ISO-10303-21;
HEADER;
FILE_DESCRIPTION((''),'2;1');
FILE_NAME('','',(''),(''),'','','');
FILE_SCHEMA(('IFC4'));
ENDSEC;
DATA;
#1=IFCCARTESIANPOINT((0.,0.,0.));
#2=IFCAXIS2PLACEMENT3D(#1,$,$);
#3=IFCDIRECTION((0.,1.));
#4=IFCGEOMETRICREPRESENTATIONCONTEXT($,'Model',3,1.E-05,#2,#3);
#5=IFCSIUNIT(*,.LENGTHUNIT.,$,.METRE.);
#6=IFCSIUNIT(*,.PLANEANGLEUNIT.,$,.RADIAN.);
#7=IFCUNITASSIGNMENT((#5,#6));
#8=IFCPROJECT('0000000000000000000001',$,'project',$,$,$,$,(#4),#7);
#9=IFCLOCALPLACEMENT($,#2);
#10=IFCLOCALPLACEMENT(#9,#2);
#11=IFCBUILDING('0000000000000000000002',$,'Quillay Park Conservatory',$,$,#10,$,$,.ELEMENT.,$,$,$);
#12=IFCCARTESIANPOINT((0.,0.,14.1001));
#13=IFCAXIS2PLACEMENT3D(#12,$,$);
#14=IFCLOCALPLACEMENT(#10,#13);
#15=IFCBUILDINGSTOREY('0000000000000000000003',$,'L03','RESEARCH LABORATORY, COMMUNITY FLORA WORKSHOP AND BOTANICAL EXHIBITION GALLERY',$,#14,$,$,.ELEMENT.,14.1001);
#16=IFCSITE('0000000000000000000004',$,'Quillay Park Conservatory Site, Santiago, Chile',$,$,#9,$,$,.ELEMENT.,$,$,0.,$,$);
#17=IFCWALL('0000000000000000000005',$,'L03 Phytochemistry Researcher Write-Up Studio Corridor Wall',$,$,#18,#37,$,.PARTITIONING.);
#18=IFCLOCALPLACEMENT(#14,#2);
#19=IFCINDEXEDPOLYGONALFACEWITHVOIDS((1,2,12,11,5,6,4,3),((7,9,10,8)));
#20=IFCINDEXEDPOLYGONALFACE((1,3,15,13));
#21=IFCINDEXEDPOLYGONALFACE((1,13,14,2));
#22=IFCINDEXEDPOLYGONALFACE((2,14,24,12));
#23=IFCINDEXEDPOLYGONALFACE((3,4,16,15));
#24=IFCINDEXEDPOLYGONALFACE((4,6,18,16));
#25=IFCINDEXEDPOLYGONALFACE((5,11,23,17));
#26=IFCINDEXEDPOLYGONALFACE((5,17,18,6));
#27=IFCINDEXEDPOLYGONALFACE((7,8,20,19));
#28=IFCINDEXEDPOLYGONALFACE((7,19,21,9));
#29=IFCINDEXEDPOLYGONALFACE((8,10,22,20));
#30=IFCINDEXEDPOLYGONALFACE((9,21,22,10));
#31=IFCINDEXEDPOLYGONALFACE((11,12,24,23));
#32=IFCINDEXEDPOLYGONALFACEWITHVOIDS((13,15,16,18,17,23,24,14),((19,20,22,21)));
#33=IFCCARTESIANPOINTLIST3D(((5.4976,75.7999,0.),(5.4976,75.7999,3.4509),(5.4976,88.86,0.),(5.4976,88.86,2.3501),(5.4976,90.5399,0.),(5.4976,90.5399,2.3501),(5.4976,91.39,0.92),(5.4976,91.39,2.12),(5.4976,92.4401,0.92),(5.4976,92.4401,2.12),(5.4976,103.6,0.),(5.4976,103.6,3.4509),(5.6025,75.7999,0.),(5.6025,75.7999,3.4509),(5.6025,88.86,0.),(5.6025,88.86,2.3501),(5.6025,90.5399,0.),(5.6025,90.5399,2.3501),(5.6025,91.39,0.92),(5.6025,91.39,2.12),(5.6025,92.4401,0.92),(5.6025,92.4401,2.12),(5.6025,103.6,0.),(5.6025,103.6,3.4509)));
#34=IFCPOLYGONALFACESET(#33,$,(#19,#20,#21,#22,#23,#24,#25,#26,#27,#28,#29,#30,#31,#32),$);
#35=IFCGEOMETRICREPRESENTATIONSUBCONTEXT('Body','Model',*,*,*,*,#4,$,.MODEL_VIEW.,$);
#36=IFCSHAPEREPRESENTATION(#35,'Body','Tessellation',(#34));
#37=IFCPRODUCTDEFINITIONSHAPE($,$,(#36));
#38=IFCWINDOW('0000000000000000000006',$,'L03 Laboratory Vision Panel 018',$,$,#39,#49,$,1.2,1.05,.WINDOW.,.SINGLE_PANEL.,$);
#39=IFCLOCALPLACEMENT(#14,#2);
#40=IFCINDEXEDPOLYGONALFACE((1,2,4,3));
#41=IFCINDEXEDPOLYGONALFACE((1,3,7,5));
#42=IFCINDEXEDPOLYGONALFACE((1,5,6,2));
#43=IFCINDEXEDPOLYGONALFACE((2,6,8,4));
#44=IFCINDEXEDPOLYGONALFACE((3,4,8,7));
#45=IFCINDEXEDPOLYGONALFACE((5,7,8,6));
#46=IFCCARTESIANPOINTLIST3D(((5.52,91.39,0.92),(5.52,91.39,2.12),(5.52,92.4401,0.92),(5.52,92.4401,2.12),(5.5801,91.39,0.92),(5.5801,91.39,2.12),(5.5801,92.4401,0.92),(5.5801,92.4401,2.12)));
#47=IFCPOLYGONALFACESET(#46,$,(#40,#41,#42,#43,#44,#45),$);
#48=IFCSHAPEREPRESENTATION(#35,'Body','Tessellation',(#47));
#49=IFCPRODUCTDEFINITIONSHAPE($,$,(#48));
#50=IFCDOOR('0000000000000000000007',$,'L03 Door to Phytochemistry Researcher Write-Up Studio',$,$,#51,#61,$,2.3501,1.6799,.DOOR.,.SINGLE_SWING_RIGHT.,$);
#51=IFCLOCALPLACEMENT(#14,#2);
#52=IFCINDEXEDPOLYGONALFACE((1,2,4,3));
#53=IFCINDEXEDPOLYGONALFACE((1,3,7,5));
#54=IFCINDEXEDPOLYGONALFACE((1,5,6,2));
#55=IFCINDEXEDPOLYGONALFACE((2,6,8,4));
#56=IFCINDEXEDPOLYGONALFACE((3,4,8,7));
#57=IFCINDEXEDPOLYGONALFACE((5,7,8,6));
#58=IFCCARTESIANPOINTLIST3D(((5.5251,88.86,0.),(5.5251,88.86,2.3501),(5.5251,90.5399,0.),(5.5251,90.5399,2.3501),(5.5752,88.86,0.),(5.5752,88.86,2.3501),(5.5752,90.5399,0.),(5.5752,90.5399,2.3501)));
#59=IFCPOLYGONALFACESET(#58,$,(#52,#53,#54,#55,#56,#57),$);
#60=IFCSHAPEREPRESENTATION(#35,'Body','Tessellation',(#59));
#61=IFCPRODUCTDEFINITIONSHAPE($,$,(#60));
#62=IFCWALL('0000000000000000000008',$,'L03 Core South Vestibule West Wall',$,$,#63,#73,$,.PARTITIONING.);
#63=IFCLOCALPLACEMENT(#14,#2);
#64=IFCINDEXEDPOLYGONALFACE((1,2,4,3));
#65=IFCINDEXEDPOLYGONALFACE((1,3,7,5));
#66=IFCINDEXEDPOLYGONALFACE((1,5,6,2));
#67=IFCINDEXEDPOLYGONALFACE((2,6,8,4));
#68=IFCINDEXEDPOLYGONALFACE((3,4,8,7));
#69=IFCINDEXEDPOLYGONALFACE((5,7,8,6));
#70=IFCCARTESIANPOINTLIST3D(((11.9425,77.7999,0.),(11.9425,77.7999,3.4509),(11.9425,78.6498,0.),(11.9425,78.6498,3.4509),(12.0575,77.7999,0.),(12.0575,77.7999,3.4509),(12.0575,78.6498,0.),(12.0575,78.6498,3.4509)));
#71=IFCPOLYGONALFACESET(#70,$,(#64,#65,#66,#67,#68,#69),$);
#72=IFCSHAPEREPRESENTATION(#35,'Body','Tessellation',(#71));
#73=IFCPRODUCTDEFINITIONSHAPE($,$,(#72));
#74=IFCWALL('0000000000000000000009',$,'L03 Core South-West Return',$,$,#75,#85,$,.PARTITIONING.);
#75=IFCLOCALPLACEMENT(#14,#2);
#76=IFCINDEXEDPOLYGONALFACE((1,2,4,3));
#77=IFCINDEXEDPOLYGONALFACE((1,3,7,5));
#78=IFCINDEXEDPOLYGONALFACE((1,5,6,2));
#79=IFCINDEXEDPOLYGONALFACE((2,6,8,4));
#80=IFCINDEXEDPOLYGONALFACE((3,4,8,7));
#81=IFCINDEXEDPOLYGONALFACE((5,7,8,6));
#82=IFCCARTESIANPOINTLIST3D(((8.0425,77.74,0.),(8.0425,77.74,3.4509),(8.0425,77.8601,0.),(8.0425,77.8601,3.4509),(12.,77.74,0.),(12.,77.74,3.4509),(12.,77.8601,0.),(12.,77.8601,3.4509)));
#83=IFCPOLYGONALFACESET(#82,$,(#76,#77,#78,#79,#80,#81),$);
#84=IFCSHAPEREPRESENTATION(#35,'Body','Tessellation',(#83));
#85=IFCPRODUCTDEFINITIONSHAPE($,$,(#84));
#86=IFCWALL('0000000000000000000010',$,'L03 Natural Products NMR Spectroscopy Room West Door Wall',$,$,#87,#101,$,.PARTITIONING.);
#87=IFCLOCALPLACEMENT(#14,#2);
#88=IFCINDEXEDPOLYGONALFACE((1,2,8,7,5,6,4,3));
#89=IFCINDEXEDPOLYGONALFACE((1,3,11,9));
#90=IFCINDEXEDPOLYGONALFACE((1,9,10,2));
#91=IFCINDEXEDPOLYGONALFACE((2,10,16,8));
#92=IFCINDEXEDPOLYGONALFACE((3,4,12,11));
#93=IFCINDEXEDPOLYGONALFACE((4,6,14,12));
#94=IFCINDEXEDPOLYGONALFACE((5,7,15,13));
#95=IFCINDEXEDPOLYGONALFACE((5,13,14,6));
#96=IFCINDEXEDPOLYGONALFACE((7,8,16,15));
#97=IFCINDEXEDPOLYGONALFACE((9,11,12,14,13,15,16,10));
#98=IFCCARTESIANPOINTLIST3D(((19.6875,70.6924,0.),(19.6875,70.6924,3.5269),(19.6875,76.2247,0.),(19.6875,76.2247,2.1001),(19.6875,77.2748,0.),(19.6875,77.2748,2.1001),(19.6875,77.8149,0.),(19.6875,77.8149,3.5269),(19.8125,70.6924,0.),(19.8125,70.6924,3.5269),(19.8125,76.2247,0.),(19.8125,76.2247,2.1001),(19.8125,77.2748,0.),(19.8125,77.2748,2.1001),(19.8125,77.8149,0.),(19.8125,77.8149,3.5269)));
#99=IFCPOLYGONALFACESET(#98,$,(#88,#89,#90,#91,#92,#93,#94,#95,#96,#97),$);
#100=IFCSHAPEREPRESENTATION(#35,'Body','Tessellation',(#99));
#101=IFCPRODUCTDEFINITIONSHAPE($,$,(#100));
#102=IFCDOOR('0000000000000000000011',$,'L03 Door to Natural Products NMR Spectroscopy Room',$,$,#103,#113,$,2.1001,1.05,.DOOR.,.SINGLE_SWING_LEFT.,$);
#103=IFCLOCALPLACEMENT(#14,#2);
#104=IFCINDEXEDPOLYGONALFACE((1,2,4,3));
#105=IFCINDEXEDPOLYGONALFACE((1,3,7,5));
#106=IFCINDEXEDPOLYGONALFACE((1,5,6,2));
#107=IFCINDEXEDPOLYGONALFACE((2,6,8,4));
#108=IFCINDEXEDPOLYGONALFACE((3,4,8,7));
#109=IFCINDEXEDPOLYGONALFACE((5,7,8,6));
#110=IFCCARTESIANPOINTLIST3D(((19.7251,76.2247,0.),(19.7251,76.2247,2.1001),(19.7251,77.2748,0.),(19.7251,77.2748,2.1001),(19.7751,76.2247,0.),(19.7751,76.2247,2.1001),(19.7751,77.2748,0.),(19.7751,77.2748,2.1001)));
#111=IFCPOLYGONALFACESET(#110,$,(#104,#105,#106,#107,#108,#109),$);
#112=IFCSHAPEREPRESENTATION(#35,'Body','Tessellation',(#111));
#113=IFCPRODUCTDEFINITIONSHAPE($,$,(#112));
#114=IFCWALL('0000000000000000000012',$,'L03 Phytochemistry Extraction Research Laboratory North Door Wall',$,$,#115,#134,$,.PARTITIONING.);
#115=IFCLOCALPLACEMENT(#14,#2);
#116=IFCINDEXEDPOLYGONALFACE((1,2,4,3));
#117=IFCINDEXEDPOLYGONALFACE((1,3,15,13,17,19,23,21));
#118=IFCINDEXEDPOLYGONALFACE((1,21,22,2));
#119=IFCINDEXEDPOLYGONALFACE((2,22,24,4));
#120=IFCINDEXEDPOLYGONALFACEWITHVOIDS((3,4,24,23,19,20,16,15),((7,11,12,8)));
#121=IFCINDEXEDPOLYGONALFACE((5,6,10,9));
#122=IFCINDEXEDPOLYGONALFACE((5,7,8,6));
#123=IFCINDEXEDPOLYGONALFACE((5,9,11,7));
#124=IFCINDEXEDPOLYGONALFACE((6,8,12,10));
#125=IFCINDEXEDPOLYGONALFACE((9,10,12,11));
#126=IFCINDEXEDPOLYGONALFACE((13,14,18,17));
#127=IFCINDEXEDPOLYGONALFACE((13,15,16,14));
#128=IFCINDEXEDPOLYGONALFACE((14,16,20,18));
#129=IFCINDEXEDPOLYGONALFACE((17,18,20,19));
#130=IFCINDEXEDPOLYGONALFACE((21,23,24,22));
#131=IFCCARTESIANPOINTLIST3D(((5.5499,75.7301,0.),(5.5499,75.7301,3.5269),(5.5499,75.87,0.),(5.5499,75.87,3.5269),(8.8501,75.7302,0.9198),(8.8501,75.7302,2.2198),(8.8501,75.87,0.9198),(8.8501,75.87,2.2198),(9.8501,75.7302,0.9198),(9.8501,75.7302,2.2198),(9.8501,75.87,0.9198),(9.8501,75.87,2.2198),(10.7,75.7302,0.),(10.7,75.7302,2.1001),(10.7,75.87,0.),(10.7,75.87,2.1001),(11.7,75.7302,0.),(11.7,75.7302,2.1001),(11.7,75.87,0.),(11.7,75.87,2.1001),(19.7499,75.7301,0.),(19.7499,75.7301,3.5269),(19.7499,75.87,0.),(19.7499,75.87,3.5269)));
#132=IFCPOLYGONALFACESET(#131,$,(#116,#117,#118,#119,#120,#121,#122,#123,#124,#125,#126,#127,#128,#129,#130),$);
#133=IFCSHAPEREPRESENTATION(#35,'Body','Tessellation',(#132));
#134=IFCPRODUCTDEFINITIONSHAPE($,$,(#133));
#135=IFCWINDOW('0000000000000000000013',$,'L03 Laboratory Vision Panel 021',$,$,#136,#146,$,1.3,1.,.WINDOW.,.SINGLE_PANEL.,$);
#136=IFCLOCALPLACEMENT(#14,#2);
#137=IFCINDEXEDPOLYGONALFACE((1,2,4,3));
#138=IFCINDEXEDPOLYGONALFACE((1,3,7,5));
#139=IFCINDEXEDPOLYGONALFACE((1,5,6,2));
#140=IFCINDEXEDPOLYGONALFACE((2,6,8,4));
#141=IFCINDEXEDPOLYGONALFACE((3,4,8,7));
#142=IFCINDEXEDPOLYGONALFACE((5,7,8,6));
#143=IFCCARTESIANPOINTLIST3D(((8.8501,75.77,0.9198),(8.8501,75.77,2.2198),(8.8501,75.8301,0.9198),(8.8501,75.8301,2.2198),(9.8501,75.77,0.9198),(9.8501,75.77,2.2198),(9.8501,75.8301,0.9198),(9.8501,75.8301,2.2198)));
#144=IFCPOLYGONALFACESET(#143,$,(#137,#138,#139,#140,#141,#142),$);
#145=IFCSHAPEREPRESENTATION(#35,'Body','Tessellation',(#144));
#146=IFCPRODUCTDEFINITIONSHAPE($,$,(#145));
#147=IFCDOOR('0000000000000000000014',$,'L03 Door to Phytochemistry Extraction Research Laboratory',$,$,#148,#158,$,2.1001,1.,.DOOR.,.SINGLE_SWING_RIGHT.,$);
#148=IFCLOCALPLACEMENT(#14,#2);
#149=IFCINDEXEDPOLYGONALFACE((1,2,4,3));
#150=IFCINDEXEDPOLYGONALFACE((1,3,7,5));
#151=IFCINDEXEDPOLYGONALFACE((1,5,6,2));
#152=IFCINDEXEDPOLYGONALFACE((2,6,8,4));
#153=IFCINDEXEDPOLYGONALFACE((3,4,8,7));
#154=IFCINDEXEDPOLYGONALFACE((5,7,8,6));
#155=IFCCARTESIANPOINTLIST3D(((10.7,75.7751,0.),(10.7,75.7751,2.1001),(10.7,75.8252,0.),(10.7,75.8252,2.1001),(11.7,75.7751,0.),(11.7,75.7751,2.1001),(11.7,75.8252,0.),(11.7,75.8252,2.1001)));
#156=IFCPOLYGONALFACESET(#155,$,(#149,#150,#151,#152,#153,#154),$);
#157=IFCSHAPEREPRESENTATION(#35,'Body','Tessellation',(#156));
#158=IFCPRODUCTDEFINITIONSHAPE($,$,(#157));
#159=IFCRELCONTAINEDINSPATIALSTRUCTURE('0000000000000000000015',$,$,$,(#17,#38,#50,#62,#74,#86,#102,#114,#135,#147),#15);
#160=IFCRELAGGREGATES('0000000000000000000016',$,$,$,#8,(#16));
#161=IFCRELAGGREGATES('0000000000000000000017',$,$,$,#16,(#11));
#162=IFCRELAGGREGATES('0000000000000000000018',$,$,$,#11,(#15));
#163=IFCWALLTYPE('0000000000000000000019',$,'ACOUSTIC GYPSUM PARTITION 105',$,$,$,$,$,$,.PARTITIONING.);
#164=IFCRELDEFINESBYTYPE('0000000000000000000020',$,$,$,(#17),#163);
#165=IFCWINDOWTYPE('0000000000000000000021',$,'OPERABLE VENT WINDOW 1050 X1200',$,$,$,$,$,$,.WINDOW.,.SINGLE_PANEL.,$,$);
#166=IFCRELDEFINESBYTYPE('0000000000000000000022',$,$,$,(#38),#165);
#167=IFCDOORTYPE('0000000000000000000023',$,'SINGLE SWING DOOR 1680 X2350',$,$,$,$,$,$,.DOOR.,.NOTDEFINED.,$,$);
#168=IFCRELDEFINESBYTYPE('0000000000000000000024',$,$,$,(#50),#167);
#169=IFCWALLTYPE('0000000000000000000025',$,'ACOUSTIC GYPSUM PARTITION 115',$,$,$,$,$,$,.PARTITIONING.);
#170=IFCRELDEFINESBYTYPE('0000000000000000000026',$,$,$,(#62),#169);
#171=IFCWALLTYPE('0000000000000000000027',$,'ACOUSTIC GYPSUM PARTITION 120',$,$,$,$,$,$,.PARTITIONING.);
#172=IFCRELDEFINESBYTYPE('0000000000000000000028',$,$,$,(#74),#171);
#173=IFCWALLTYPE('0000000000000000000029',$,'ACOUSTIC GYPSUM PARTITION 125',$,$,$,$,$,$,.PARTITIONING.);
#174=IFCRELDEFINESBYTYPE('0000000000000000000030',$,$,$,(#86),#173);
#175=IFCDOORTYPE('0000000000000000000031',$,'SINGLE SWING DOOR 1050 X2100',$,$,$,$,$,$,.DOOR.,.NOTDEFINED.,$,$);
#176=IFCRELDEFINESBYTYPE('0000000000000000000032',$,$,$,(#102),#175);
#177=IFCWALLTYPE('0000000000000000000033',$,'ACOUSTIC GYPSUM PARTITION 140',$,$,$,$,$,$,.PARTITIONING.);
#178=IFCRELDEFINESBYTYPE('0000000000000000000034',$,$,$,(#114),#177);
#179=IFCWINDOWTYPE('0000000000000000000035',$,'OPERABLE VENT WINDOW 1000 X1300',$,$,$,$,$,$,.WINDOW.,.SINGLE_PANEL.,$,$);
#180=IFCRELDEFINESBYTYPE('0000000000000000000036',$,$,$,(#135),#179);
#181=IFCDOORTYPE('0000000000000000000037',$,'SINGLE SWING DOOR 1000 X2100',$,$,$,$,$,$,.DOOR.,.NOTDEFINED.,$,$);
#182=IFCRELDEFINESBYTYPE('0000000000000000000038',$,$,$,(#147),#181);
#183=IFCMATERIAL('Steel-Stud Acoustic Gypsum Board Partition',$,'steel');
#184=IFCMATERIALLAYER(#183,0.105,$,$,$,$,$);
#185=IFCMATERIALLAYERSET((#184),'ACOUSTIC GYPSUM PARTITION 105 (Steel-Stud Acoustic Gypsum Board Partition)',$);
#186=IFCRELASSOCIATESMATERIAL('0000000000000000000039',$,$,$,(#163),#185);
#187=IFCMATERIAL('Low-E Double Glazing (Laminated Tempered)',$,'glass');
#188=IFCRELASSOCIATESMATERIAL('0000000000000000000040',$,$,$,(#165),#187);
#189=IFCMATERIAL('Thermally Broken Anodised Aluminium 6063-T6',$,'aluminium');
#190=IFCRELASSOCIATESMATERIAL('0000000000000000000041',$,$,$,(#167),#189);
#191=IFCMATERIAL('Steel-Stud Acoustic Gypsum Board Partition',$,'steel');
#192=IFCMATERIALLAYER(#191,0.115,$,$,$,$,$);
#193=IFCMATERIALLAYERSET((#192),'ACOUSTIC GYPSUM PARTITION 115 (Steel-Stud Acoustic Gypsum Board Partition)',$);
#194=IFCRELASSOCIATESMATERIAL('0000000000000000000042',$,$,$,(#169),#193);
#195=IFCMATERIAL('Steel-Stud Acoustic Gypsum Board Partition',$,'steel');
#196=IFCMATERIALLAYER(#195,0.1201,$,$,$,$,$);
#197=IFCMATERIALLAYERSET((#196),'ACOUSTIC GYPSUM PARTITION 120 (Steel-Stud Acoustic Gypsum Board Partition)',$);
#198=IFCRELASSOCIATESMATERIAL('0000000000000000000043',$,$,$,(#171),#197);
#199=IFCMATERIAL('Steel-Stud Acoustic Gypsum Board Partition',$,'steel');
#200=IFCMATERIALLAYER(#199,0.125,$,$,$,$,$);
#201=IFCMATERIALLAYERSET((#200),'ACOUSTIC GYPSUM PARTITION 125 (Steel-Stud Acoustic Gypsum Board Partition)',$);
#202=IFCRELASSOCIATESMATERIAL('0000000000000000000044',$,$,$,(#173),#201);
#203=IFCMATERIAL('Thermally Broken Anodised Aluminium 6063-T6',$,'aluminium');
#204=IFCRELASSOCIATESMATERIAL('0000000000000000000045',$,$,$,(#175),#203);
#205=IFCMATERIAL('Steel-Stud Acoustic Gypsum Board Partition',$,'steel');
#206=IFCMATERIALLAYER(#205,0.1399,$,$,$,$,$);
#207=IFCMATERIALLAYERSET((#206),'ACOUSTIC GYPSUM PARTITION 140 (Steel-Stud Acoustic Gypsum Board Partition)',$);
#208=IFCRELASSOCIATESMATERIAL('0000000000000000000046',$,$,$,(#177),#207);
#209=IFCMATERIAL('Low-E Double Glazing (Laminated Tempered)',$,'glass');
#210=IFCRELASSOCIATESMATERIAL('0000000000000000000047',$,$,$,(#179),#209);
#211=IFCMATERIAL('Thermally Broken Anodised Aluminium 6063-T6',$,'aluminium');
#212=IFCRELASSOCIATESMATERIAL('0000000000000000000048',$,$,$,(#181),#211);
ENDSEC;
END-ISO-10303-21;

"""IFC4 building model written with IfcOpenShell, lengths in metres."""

from ifc_helpers import new_model, si_unit, direction, frame, frame_2d, origin, place, context, subcontext, project, spatial, rectangle, extrude, material, layer, layer_set, type_object, element, fill, save


model = new_model("IFC4")

# Units and contexts
model_context = context("Model", 3, precision=1e-05, world=origin(), true_north=direction((0.0, 1.0)))
body_context = subcontext(model_context, "Body", "Model", "MODEL_VIEW")
ifc_project = project(units=[si_unit("LENGTHUNIT", "METRE"), si_unit("PLANEANGLEUNIT", "RADIAN")], contexts=[model_context])

# Site, building, storey
site_placement = place(None, origin())
site = spatial("IfcSite", under=ifc_project, at=site_placement, Name="Quillay Park Conservatory Site, Santiago, Chile", CompositionType="ELEMENT", RefElevation=0.0)
building_placement = place(site_placement, origin())
building = spatial("IfcBuilding", under=site, at=building_placement, Name="Quillay Park Conservatory", CompositionType="ELEMENT")
storey_placement = place(building_placement, frame((0.0, 0.0, 14.1001)))
storey = spatial("IfcBuildingStorey", under=building, at=storey_placement, Name="L03", Description="RESEARCH LABORATORY, COMMUNITY FLORA WORKSHOP AND BOTANICAL EXHIBITION GALLERY", CompositionType="ELEMENT", Elevation=14.1001)

# Wall, openings, window, door
ifc_material_1 = material(Name="Steel-Stud Acoustic Gypsum Board Partition", Category="steel")
ifc_layer_1 = layer(ifc_material_1, 0.105)
ifc_layer_set_1 = layer_set([ifc_layer_1], Name="ACOUSTIC GYPSUM PARTITION 105 (Steel-Stud Acoustic Gypsum Board Partition)")
wall_type_1 = type_object("IfcWallType", Name="ACOUSTIC GYPSUM PARTITION 105", PredefinedType="PARTITIONING", material=ifc_layer_set_1)
wall_1_placement = place(storey_placement, frame((5.55, 75.8, 0.0), z_axis=(0.0, 0.0, 1.0), x_axis=(0.0, 1.0, 0.0)))
wall_1 = element("IfcWall", 1, at=wall_1_placement, inside=storey, type_object=wall_type_1, Name="L03 Phytochemistry Researcher Write-Up Studio Corridor Wall", PredefinedType="PARTITIONING", context=body_context, shape_type="SweptSolid", body=[
    extrude(rectangle(XDim=27.8, YDim=0.105, at=frame_2d((13.8999, 0.0))), origin(), (0.0, 0.0, 1.0), 3.4509),
])
opening_1_placement = place(wall_1_placement, frame((13.0601, 0.0, 0.0)))
opening_1 = element("IfcOpeningElement", 2, at=opening_1_placement, cuts=wall_1, PredefinedType="OPENING", context=body_context, shape_type="SweptSolid", body=[
    extrude(rectangle(XDim=1.6799, YDim=2.3501, at=frame_2d((0.8398, 1.175))), frame((0.0, 0.0525, 0.0), z_axis=(0.0, -1.0, 0.0), x_axis=(1.0, 0.0, 0.0)), (0.0, 0.0, 1.0), 0.105),
])
opening_2_placement = place(wall_1_placement, frame((15.5901, 0.0, 0.9199)))
opening_2 = element("IfcOpeningElement", 3, at=opening_2_placement, cuts=wall_1, PredefinedType="OPENING", context=body_context, shape_type="SweptSolid", body=[
    extrude(rectangle(XDim=1.05, YDim=1.2, at=frame_2d((0.5249, 0.6001))), frame((0.0, 0.0525, 0.0), z_axis=(0.0, -1.0, 0.0), x_axis=(1.0, 0.0, 0.0)), (0.0, 0.0, 1.0), 0.105),
])
ifc_material_2 = material(Name="Low-E Double Glazing (Laminated Tempered)", Category="glass")
window_type_1 = type_object("IfcWindowType", Name="OPERABLE VENT WINDOW 1050 X1200", PartitioningType="SINGLE_PANEL", PredefinedType="WINDOW", material=ifc_material_2)
window_1_placement = place(opening_2_placement, origin())
window_1 = element("IfcWindow", 4, at=window_1_placement, inside=storey, type_object=window_type_1, Name="L03 Laboratory Vision Panel 018", OverallHeight=1.2, OverallWidth=1.05, PartitioningType="SINGLE_PANEL", PredefinedType="WINDOW", context=body_context, shape_type="SweptSolid", body=[
    extrude(rectangle(XDim=1.05, YDim=1.2, at=frame_2d((0.5249, 0.6001))), frame((0.0, 0.03, 0.0), z_axis=(0.0, -1.0, 0.0), x_axis=(1.0, 0.0, 0.0)), (0.0, 0.0, 1.0), 0.0601),
])
fill(opening_2, window_1)
ifc_material_3 = material(Name="Thermally Broken Anodised Aluminium 6063-T6", Category="aluminium")
door_type_1 = type_object("IfcDoorType", Name="SINGLE SWING DOOR 1680 X2350", OperationType="NOTDEFINED", PredefinedType="DOOR", material=ifc_material_3)
door_1_placement = place(opening_1_placement, origin())
door_1 = element("IfcDoor", 5, at=door_1_placement, inside=storey, type_object=door_type_1, Name="L03 Door to Phytochemistry Researcher Write-Up Studio", OperationType="SINGLE_SWING_RIGHT", OverallHeight=2.3501, OverallWidth=1.6799, PredefinedType="DOOR", context=body_context, shape_type="SweptSolid", body=[
    extrude(rectangle(XDim=1.6799, YDim=2.3501, at=frame_2d((0.8398, 1.175))), frame((0.0, 0.0249, 0.0), z_axis=(0.0, -1.0, 0.0), x_axis=(1.0, 0.0, 0.0)), (0.0, 0.0, 1.0), 0.05),
])
fill(opening_1, door_1)

# Walls
ifc_material_4 = material(Name="Steel-Stud Acoustic Gypsum Board Partition", Category="steel")
ifc_layer_2 = layer(ifc_material_4, 0.115)
ifc_layer_set_2 = layer_set([ifc_layer_2], Name="ACOUSTIC GYPSUM PARTITION 115 (Steel-Stud Acoustic Gypsum Board Partition)")
wall_type_2 = type_object("IfcWallType", Name="ACOUSTIC GYPSUM PARTITION 115", PredefinedType="PARTITIONING", material=ifc_layer_set_2)
wall_2_placement = place(storey_placement, frame((12.0, 77.8, 0.0), z_axis=(0.0, 0.0, 1.0), x_axis=(0.0, 1.0, 0.0)))
element("IfcWall", 6, at=wall_2_placement, inside=storey, type_object=wall_type_2, Name="L03 Core South Vestibule West Wall", PredefinedType="PARTITIONING", context=body_context, shape_type="SweptSolid", body=[
    extrude(rectangle(XDim=0.8499, YDim=0.115, at=frame_2d((0.4248, 0.0))), origin(), (0.0, 0.0, 1.0), 3.4509),
])
ifc_material_5 = material(Name="Steel-Stud Acoustic Gypsum Board Partition", Category="steel")
ifc_layer_3 = layer(ifc_material_5, 0.1201)
ifc_layer_set_3 = layer_set([ifc_layer_3], Name="ACOUSTIC GYPSUM PARTITION 120 (Steel-Stud Acoustic Gypsum Board Partition)")
wall_type_3 = type_object("IfcWallType", Name="ACOUSTIC GYPSUM PARTITION 120", PredefinedType="PARTITIONING", material=ifc_layer_set_3)
wall_3_placement = place(storey_placement, frame((8.0425, 77.8, 0.0), z_axis=(0.0, 0.0, 1.0), x_axis=(1.0, 0.0, 0.0)))
element("IfcWall", 7, at=wall_3_placement, inside=storey, type_object=wall_type_3, Name="L03 Core South-West Return", PredefinedType="PARTITIONING", context=body_context, shape_type="SweptSolid", body=[
    extrude(rectangle(XDim=3.9575, YDim=0.1201, at=frame_2d((1.9788, 0.0))), origin(), (0.0, 0.0, 1.0), 3.4509),
])

# Wall, opening, door
ifc_material_6 = material(Name="Steel-Stud Acoustic Gypsum Board Partition", Category="steel")
ifc_layer_4 = layer(ifc_material_6, 0.125)
ifc_layer_set_4 = layer_set([ifc_layer_4], Name="ACOUSTIC GYPSUM PARTITION 125 (Steel-Stud Acoustic Gypsum Board Partition)")
wall_type_4 = type_object("IfcWallType", Name="ACOUSTIC GYPSUM PARTITION 125", PredefinedType="PARTITIONING", material=ifc_layer_set_4)
wall_4_placement = place(storey_placement, frame((19.75, 70.6924, 0.0), z_axis=(0.0, 0.0, 1.0), x_axis=(0.0, 1.0, 0.0)))
wall_4 = element("IfcWall", 8, at=wall_4_placement, inside=storey, type_object=wall_type_4, Name="L03 Natural Products NMR Spectroscopy Room West Door Wall", PredefinedType="PARTITIONING", context=body_context, shape_type="SweptSolid", body=[
    extrude(rectangle(XDim=7.1226, YDim=0.125, at=frame_2d((3.5613, 0.0))), origin(), (0.0, 0.0, 1.0), 3.5269),
])
opening_3_placement = place(wall_4_placement, frame((5.5325, 0.0, 0.0)))
opening_3 = element("IfcOpeningElement", 9, at=opening_3_placement, cuts=wall_4, PredefinedType="OPENING", context=body_context, shape_type="SweptSolid", body=[
    extrude(rectangle(XDim=1.05, YDim=2.1001, at=frame_2d((0.5249, 1.05))), frame((0.0, 0.0625, 0.0), z_axis=(0.0, -1.0, 0.0), x_axis=(1.0, 0.0, 0.0)), (0.0, 0.0, 1.0), 0.125),
])
ifc_material_7 = material(Name="Thermally Broken Anodised Aluminium 6063-T6", Category="aluminium")
door_type_2 = type_object("IfcDoorType", Name="SINGLE SWING DOOR 1050 X2100", OperationType="NOTDEFINED", PredefinedType="DOOR", material=ifc_material_7)
door_2_placement = place(opening_3_placement, origin())
door_2 = element("IfcDoor", 10, at=door_2_placement, inside=storey, type_object=door_type_2, Name="L03 Door to Natural Products NMR Spectroscopy Room", OperationType="SINGLE_SWING_LEFT", OverallHeight=2.1001, OverallWidth=1.05, PredefinedType="DOOR", context=body_context, shape_type="SweptSolid", body=[
    extrude(rectangle(XDim=1.05, YDim=2.1001, at=frame_2d((0.5249, 1.05))), frame((0.0, 0.0249, 0.0), z_axis=(0.0, -1.0, 0.0), x_axis=(1.0, 0.0, 0.0)), (0.0, 0.0, 1.0), 0.05),
])
fill(opening_3, door_2)

# Wall, openings, window, door
ifc_material_8 = material(Name="Steel-Stud Acoustic Gypsum Board Partition", Category="steel")
ifc_layer_5 = layer(ifc_material_8, 0.1399)
ifc_layer_set_5 = layer_set([ifc_layer_5], Name="ACOUSTIC GYPSUM PARTITION 140 (Steel-Stud Acoustic Gypsum Board Partition)")
wall_type_5 = type_object("IfcWallType", Name="ACOUSTIC GYPSUM PARTITION 140", PredefinedType="PARTITIONING", material=ifc_layer_set_5)
wall_5_placement = place(storey_placement, frame((19.75, 75.8, 0.0), z_axis=(0.0, 0.0, 1.0), x_axis=(-1.0, 0.0, 0.0)))
wall_5 = element("IfcWall", 11, at=wall_5_placement, inside=storey, type_object=wall_type_5, Name="L03 Phytochemistry Extraction Research Laboratory North Door Wall", PredefinedType="PARTITIONING", context=body_context, shape_type="SweptSolid", body=[
    extrude(rectangle(XDim=14.2, YDim=0.1399, at=frame_2d((7.1001, 0.0))), origin(), (0.0, 0.0, 1.0), 3.5269),
])
opening_4_placement = place(wall_5_placement, frame((8.05, 0.0, 0.0)))
opening_4 = element("IfcOpeningElement", 12, at=opening_4_placement, cuts=wall_5, PredefinedType="OPENING", context=body_context, shape_type="SweptSolid", body=[
    extrude(rectangle(XDim=1.0, YDim=2.1001, at=frame_2d((0.5, 1.05))), frame((0.0, 0.0698, 0.0), z_axis=(0.0, -1.0, 0.0), x_axis=(1.0, 0.0, 0.0)), (0.0, 0.0, 1.0), 0.1399),
])
opening_5_placement = place(wall_5_placement, frame((9.8999, 0.0, 0.9199)))
opening_5 = element("IfcOpeningElement", 13, at=opening_5_placement, cuts=wall_5, PredefinedType="OPENING", context=body_context, shape_type="SweptSolid", body=[
    extrude(rectangle(XDim=1.0, YDim=1.3, at=frame_2d((0.5, 0.6499))), frame((0.0, 0.0698, 0.0), z_axis=(0.0, -1.0, 0.0), x_axis=(1.0, 0.0, 0.0)), (0.0, 0.0, 1.0), 0.1399),
])
ifc_material_9 = material(Name="Low-E Double Glazing (Laminated Tempered)", Category="glass")
window_type_2 = type_object("IfcWindowType", Name="OPERABLE VENT WINDOW 1000 X1300", PartitioningType="SINGLE_PANEL", PredefinedType="WINDOW", material=ifc_material_9)
window_2_placement = place(opening_5_placement, origin())
window_2 = element("IfcWindow", 14, at=window_2_placement, inside=storey, type_object=window_type_2, Name="L03 Laboratory Vision Panel 021", OverallHeight=1.3, OverallWidth=1.0, PartitioningType="SINGLE_PANEL", PredefinedType="WINDOW", context=body_context, shape_type="SweptSolid", body=[
    extrude(rectangle(XDim=1.0, YDim=1.3, at=frame_2d((0.5, 0.6499))), frame((0.0, 0.03, 0.0), z_axis=(0.0, -1.0, 0.0), x_axis=(1.0, 0.0, 0.0)), (0.0, 0.0, 1.0), 0.0601),
])
fill(opening_5, window_2)
ifc_material_10 = material(Name="Thermally Broken Anodised Aluminium 6063-T6", Category="aluminium")
door_type_3 = type_object("IfcDoorType", Name="SINGLE SWING DOOR 1000 X2100", OperationType="NOTDEFINED", PredefinedType="DOOR", material=ifc_material_10)
door_3_placement = place(opening_4_placement, origin())
door_3 = element("IfcDoor", 15, at=door_3_placement, inside=storey, type_object=door_type_3, Name="L03 Door to Phytochemistry Extraction Research Laboratory", OperationType="SINGLE_SWING_RIGHT", OverallHeight=2.1001, OverallWidth=1.0, PredefinedType="DOOR", context=body_context, shape_type="SweptSolid", body=[
    extrude(rectangle(XDim=1.0, YDim=2.1001, at=frame_2d((0.5, 1.05))), frame((0.0, 0.0249, 0.0), z_axis=(0.0, -1.0, 0.0), x_axis=(1.0, 0.0, 0.0)), (0.0, 0.0, 1.0), 0.05),
])
fill(opening_4, door_3)

save(model, "model.ifc")
